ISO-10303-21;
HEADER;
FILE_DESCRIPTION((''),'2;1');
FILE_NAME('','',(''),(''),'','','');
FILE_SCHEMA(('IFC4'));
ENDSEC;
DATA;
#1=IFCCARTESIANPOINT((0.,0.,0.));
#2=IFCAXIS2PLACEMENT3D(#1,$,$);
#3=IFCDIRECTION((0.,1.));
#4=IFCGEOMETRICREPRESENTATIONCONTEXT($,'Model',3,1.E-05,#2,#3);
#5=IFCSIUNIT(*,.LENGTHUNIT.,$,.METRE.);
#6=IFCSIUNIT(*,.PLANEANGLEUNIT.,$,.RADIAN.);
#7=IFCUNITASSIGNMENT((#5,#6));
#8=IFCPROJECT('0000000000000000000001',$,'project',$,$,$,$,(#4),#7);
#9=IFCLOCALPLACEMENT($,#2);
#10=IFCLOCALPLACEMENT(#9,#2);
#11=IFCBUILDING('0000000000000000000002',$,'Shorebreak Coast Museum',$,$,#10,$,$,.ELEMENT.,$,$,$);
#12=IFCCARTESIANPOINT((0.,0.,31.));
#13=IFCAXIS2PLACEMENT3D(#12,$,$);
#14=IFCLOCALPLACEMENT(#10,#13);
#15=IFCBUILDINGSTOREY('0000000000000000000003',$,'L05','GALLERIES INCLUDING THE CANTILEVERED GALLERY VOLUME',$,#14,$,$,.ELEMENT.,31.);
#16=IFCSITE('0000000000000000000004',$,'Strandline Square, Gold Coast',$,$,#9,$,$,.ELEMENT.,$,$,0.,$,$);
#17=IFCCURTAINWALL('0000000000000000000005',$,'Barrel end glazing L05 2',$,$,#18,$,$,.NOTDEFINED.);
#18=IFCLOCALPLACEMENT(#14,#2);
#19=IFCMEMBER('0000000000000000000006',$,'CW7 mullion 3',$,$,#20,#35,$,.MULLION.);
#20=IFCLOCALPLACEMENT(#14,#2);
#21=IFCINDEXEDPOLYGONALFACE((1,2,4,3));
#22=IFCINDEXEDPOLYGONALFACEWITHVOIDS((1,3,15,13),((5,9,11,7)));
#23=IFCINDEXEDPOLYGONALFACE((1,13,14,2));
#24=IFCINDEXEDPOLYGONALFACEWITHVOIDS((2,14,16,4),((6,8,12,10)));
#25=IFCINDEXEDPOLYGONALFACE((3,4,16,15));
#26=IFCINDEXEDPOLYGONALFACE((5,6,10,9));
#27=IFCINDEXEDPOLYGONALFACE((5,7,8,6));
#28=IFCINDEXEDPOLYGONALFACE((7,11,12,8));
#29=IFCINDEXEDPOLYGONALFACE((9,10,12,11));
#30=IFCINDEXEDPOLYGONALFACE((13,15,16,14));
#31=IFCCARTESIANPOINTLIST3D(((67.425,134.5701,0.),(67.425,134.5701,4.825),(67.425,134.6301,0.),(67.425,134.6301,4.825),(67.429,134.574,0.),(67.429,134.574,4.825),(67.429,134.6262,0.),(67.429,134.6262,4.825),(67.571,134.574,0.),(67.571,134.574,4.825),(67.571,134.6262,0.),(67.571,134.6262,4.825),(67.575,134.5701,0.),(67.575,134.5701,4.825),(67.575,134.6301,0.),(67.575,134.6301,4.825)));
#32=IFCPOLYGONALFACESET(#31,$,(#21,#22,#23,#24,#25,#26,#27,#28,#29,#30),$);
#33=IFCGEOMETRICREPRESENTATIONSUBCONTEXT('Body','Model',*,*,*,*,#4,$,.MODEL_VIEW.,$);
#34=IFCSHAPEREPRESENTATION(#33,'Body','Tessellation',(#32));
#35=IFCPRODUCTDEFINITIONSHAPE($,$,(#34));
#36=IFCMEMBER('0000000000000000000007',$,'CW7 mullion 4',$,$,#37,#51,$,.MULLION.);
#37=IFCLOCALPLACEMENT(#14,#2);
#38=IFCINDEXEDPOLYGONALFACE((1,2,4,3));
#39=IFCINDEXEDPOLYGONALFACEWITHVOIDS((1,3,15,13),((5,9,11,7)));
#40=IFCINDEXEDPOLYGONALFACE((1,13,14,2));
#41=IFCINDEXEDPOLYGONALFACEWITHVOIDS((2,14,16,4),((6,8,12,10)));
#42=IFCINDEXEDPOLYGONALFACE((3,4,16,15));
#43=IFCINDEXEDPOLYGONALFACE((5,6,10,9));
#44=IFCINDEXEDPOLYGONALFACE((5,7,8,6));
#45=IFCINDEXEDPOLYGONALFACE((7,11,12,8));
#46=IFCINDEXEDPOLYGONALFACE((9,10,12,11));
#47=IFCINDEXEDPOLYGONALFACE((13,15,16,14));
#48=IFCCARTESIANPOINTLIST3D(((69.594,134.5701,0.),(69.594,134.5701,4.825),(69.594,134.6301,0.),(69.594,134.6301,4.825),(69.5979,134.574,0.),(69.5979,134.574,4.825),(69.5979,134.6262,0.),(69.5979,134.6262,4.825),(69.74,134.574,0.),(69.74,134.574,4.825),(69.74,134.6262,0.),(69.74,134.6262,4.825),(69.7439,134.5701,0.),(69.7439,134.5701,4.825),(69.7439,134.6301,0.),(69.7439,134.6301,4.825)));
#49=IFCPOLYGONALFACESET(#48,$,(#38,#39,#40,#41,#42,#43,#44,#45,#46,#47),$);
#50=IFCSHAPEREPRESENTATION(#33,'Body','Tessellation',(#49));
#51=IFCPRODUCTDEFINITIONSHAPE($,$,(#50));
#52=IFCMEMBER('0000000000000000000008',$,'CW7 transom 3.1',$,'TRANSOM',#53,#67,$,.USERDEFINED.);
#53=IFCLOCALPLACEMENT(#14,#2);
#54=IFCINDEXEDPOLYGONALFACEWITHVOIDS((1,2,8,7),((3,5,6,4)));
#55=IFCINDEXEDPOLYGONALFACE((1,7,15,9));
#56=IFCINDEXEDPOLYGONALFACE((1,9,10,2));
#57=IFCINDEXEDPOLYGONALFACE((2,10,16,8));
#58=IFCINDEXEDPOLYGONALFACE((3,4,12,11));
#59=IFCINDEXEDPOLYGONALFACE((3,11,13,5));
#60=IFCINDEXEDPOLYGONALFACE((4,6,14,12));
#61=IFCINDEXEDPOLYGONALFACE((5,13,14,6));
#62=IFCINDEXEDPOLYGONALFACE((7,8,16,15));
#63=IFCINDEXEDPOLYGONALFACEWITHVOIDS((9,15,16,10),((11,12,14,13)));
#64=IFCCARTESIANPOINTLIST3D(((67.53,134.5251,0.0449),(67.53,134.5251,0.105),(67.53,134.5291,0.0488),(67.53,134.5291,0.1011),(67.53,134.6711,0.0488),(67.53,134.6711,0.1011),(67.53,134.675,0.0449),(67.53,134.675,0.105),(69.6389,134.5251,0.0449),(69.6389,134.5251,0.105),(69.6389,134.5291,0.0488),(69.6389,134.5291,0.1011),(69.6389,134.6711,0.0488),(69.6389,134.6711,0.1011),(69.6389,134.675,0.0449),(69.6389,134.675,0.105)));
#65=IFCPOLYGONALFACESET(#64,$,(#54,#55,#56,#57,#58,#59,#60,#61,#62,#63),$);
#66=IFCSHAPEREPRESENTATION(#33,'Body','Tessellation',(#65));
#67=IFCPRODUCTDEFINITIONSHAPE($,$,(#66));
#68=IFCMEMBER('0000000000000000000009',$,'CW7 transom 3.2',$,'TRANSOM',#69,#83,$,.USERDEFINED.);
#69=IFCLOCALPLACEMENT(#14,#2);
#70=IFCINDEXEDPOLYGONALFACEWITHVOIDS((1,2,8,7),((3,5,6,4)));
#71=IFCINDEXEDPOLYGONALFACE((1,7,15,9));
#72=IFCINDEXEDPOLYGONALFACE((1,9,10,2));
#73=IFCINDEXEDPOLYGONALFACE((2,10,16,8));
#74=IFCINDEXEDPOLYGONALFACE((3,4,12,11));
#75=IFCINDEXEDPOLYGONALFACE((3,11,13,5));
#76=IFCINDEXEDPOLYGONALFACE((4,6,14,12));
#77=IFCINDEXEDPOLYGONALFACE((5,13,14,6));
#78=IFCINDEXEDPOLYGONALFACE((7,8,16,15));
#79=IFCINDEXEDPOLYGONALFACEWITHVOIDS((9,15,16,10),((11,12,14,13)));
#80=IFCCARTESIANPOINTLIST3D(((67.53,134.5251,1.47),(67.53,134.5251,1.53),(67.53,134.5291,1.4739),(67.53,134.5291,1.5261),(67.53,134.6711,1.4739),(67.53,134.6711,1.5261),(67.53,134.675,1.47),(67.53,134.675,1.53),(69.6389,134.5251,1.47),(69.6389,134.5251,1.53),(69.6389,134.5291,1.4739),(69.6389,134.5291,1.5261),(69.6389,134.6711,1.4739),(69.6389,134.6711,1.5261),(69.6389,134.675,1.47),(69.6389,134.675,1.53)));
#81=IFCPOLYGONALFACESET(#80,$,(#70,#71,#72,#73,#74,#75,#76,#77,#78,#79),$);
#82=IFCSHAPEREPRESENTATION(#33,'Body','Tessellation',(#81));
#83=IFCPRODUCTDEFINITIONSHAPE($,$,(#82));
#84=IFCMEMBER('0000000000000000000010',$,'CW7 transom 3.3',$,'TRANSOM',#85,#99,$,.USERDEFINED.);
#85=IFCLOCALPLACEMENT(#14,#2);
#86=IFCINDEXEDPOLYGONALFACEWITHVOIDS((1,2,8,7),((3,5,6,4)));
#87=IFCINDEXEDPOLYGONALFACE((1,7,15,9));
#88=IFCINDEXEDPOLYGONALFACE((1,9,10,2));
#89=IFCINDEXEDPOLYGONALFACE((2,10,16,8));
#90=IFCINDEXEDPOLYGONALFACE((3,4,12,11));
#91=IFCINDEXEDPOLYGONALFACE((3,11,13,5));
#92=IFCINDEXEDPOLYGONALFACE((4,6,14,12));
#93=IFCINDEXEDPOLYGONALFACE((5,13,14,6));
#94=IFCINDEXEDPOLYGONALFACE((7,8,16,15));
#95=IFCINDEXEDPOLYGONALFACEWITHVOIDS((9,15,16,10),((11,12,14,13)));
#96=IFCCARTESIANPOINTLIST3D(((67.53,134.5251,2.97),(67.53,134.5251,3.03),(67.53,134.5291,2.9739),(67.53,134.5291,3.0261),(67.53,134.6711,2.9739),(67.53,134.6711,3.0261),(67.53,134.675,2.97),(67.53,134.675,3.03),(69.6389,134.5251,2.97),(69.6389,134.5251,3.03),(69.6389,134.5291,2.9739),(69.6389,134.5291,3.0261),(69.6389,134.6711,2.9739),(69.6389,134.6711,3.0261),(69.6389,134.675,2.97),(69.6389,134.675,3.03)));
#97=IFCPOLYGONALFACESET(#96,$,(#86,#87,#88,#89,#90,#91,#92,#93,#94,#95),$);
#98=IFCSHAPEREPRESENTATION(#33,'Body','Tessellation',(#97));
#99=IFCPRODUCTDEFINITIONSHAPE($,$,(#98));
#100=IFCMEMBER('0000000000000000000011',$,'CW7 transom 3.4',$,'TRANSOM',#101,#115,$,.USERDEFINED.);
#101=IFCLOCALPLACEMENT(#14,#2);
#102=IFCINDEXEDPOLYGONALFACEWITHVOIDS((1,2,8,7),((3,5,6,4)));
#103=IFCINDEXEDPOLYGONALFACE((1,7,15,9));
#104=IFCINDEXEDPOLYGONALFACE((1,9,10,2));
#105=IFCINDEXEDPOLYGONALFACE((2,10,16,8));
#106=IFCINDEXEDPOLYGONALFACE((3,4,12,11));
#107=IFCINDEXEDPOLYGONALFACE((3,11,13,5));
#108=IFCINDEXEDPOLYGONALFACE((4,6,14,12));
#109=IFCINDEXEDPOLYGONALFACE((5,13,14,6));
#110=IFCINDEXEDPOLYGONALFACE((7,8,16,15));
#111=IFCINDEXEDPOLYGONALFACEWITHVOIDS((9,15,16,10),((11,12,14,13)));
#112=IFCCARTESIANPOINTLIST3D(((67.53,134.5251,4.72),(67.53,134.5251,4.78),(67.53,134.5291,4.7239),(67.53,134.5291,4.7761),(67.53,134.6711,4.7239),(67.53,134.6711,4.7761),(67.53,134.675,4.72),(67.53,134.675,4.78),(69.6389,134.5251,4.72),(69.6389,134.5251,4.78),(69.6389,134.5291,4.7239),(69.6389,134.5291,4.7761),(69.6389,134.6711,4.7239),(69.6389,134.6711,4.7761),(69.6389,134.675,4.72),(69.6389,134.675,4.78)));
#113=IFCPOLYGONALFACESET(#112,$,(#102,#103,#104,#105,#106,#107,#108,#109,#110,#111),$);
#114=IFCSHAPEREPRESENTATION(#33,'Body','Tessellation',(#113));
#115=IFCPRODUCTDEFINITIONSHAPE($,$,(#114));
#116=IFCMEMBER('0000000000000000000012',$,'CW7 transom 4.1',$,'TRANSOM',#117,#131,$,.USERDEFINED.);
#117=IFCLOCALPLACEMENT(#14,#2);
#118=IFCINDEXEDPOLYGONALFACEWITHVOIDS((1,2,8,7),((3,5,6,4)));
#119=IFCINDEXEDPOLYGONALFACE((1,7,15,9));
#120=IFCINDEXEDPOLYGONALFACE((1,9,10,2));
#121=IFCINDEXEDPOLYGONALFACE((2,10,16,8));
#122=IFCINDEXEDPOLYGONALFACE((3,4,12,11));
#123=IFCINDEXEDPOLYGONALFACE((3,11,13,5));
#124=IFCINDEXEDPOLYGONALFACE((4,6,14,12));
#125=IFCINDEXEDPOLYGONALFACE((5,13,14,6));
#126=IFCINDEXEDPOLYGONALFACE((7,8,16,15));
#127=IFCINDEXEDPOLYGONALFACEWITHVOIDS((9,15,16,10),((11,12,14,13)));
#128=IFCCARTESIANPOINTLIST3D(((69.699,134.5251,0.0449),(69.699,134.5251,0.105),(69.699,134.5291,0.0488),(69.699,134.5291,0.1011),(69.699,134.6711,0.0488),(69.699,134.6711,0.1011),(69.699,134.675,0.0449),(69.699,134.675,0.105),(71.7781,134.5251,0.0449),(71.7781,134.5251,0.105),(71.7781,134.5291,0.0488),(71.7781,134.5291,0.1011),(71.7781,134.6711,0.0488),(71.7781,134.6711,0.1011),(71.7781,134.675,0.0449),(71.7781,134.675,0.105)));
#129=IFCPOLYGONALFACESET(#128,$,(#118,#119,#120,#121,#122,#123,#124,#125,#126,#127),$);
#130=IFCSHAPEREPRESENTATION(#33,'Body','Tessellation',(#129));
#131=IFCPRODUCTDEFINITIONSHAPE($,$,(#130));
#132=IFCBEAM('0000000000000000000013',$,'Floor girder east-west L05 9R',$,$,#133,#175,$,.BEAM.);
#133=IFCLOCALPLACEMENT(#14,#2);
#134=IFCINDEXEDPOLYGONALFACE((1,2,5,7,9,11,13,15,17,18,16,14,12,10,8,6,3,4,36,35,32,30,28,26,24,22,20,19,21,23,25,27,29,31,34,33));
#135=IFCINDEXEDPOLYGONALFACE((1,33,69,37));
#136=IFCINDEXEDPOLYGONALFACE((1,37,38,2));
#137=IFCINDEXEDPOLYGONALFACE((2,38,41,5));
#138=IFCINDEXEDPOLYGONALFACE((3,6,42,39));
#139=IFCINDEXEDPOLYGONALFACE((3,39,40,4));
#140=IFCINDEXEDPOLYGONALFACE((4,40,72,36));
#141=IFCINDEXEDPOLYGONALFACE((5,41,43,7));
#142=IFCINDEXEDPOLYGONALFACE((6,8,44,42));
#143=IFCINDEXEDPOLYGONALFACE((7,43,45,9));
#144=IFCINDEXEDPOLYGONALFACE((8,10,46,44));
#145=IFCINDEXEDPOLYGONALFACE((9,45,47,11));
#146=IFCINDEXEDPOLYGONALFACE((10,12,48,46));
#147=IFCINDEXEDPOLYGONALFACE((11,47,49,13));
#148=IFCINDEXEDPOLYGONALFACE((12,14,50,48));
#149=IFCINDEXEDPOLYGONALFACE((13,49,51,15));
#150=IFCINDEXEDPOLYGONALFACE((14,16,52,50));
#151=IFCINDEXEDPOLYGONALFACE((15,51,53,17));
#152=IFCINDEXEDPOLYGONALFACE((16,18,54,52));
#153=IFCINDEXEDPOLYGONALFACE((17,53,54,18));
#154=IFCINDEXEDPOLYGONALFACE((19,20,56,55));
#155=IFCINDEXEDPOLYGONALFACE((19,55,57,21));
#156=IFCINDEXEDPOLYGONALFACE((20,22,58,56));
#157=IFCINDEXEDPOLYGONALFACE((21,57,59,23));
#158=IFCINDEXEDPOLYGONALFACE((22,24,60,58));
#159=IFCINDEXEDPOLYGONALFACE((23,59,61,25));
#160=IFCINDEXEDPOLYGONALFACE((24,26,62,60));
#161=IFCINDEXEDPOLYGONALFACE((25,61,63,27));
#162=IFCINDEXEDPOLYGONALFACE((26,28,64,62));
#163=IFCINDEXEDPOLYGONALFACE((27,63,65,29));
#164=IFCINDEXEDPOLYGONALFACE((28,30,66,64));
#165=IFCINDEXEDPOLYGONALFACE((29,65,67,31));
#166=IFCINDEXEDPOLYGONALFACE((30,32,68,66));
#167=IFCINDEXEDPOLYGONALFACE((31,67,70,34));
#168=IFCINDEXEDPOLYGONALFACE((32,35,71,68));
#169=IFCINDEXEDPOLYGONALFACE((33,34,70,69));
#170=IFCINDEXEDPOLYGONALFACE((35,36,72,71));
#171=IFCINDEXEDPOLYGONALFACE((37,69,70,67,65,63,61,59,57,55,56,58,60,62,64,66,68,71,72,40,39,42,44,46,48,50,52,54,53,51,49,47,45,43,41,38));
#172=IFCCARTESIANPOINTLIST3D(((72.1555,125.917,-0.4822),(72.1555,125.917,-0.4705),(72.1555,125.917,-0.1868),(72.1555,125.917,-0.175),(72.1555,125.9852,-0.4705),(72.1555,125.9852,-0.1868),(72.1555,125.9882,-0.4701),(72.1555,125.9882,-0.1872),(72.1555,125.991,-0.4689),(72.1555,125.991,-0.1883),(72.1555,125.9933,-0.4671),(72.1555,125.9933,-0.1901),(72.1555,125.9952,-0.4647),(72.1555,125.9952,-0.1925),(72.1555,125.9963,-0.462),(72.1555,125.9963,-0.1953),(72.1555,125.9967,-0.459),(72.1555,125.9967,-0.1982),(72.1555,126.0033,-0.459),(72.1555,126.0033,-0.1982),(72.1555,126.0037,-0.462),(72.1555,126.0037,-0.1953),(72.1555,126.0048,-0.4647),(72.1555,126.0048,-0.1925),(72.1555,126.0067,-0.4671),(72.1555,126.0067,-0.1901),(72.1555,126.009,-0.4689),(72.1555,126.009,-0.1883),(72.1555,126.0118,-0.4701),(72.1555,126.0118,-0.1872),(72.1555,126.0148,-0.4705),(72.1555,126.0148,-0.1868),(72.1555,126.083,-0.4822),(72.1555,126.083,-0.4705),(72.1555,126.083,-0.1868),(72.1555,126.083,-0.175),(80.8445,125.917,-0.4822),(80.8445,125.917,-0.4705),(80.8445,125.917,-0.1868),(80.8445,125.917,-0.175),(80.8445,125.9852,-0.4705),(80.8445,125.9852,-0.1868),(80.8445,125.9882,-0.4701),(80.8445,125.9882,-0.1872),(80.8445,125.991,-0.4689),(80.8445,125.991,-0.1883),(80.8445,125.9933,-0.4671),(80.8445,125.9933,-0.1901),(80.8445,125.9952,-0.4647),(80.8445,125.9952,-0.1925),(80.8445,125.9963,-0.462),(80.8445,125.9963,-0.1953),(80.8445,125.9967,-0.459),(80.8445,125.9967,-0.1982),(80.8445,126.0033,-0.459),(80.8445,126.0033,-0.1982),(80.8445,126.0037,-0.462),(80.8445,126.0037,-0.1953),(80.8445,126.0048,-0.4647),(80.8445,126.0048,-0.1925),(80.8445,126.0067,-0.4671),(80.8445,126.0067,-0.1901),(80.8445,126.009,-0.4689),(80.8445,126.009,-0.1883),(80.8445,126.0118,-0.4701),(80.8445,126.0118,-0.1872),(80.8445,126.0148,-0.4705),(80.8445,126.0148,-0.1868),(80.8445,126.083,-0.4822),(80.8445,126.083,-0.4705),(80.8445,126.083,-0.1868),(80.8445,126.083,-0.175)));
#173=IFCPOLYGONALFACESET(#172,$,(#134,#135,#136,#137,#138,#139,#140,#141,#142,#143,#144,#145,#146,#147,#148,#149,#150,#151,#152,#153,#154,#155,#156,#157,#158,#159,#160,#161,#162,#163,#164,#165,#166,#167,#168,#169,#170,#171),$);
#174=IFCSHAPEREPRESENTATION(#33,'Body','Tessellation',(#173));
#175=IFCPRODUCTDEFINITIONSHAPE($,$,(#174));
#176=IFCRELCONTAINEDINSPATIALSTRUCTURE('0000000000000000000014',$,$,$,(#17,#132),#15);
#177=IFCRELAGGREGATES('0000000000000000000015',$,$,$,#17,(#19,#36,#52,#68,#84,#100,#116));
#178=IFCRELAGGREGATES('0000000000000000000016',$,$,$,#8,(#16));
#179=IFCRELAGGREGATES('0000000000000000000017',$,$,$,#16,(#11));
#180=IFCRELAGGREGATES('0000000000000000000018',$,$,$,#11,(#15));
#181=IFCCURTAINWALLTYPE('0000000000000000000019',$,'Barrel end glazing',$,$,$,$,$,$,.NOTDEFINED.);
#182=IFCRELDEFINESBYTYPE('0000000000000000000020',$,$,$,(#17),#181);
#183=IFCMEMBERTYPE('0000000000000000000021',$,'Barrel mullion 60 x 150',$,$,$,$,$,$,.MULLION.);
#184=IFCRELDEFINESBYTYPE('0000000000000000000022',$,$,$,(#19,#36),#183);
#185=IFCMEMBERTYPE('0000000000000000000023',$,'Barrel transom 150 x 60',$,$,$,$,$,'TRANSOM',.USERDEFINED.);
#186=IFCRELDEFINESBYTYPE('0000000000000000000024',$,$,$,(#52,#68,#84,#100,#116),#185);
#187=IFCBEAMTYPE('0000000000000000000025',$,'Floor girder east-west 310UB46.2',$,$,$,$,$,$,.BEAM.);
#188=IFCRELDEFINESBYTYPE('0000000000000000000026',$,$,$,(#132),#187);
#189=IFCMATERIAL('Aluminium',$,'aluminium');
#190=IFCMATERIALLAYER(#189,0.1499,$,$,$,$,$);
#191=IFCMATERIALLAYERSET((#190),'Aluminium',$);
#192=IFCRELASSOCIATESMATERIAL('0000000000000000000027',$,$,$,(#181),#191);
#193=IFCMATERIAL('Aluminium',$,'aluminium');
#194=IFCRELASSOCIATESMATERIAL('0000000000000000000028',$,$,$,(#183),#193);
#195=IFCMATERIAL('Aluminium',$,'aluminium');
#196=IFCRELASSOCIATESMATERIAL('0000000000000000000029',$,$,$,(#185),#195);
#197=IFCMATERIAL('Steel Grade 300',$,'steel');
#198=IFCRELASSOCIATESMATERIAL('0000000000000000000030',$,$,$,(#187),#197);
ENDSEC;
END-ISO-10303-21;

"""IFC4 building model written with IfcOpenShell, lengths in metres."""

from ifc_helpers import new_model, si_unit, direction, frame, origin, origin_2d, place, context, subcontext, project, spatial, hollow_rectangle, i_section, extrude, material, layer, layer_set, material_profile, profile_set, type_object, element, aggregate, save


model = new_model("IFC4")

# Units and contexts
model_context = context("Model", 3, precision=1e-05, world=origin(), true_north=direction((0.0, 1.0)))
body_context = subcontext(model_context, "Body", "Model", "MODEL_VIEW")
ifc_project = project(units=[si_unit("LENGTHUNIT", "METRE"), si_unit("PLANEANGLEUNIT", "RADIAN")], contexts=[model_context])

# Site, building, storey
site_placement = place(None, origin())
site = spatial("IfcSite", under=ifc_project, at=site_placement, Name="Strandline Square, Gold Coast", CompositionType="ELEMENT", RefElevation=0.0)
building_placement = place(site_placement, origin())
building = spatial("IfcBuilding", under=site, at=building_placement, Name="Shorebreak Coast Museum", CompositionType="ELEMENT")
storey_placement = place(building_placement, frame((0.0, 0.0, 31.0)))
storey = spatial("IfcBuildingStorey", under=building, at=storey_placement, Name="L05", Description="GALLERIES INCLUDING THE CANTILEVERED GALLERY VOLUME", CompositionType="ELEMENT", Elevation=31.0)

# Curtain wall, members
ifc_material_1 = material(Name="Aluminium", Category="aluminium")
ifc_layer_1 = layer(ifc_material_1, 0.1499)
ifc_layer_set_1 = layer_set([ifc_layer_1], Name="Aluminium")
curtain_wall_type = type_object("IfcCurtainWallType", Name="Barrel end glazing", PredefinedType="NOTDEFINED", material=ifc_layer_set_1)
curtain_wall_placement = place(storey_placement, origin())
curtain_wall = element("IfcCurtainWall", 1, at=curtain_wall_placement, inside=storey, type_object=curtain_wall_type, Name="Barrel end glazing L05 2", PredefinedType="NOTDEFINED")
ifc_material_2 = material(Name="Aluminium", Category="aluminium")
ifc_material_profile_1 = material_profile(ifc_material_2, hollow_rectangle(XDim=0.0601, YDim=0.1499, WallThickness=0.0039, at=origin_2d()), Name="AL 150x60 RHS")
ifc_profile_set_1 = profile_set([ifc_material_profile_1], Name="Aluminium")
member_type_1 = type_object("IfcMemberType", Name="Barrel mullion 60 x 150", PredefinedType="MULLION", material=ifc_profile_set_1)
member_1_placement = place(storey_placement, frame((67.5, 134.6001, 0.0), z_axis=(0.0, 0.0, 1.0), x_axis=(0.0, 1.0, 0.0)))
member_1 = element("IfcMember", 2, at=member_1_placement, type_object=member_type_1, Name="CW7 mullion 3", PredefinedType="MULLION", context=body_context, shape_type="SweptSolid", body=[
    extrude(hollow_rectangle(XDim=0.0601, YDim=0.1499, WallThickness=0.0039, at=origin_2d()), origin(), (0.0, 0.0, 1.0), 4.825),
])
member_2_placement = place(storey_placement, frame((69.6689, 134.6001, 0.0), z_axis=(0.0, 0.0, 1.0), x_axis=(0.0, 1.0, 0.0)))
member_2 = element("IfcMember", 3, at=member_2_placement, type_object=member_type_1, Name="CW7 mullion 4", PredefinedType="MULLION", context=body_context, shape_type="SweptSolid", body=[
    extrude(hollow_rectangle(XDim=0.0601, YDim=0.1499, WallThickness=0.0039, at=origin_2d()), origin(), (0.0, 0.0, 1.0), 4.825),
])
ifc_material_3 = material(Name="Aluminium", Category="aluminium")
ifc_material_profile_2 = material_profile(ifc_material_3, hollow_rectangle(XDim=0.1499, YDim=0.0601, WallThickness=0.0039, at=origin_2d()), Name="AL 60x150 RHS")
ifc_profile_set_2 = profile_set([ifc_material_profile_2], Name="Aluminium")
member_type_2 = type_object("IfcMemberType", Name="Barrel transom 150 x 60", ElementType="TRANSOM", PredefinedType="USERDEFINED", material=ifc_profile_set_2)
member_3_placement = place(storey_placement, frame((67.53, 134.6001, 0.075), z_axis=(1.0, 0.0, 0.0), x_axis=(0.0, 1.0, 0.0)))
member_3 = element("IfcMember", 4, at=member_3_placement, type_object=member_type_2, Name="CW7 transom 3.1", ObjectType="TRANSOM", PredefinedType="USERDEFINED", context=body_context, shape_type="SweptSolid", body=[
    extrude(hollow_rectangle(XDim=0.1499, YDim=0.0601, WallThickness=0.0039, at=origin_2d()), origin(), (0.0, 0.0, 1.0), 2.1089),
])
member_4_placement = place(storey_placement, frame((67.53, 134.6001, 1.5), z_axis=(1.0, 0.0, 0.0), x_axis=(0.0, 1.0, 0.0)))
member_4 = element("IfcMember", 5, at=member_4_placement, type_object=member_type_2, Name="CW7 transom 3.2", ObjectType="TRANSOM", PredefinedType="USERDEFINED", context=body_context, shape_type="SweptSolid", body=[
    extrude(hollow_rectangle(XDim=0.1499, YDim=0.0601, WallThickness=0.0039, at=origin_2d()), origin(), (0.0, 0.0, 1.0), 2.1089),
])
member_5_placement = place(storey_placement, frame((67.53, 134.6001, 3.0), z_axis=(1.0, 0.0, 0.0), x_axis=(0.0, 1.0, 0.0)))
member_5 = element("IfcMember", 6, at=member_5_placement, type_object=member_type_2, Name="CW7 transom 3.3", ObjectType="TRANSOM", PredefinedType="USERDEFINED", context=body_context, shape_type="SweptSolid", body=[
    extrude(hollow_rectangle(XDim=0.1499, YDim=0.0601, WallThickness=0.0039, at=origin_2d()), origin(), (0.0, 0.0, 1.0), 2.1089),
])
member_6_placement = place(storey_placement, frame((67.53, 134.6001, 4.75), z_axis=(1.0, 0.0, 0.0), x_axis=(0.0, 1.0, 0.0)))
member_6 = element("IfcMember", 7, at=member_6_placement, type_object=member_type_2, Name="CW7 transom 3.4", ObjectType="TRANSOM", PredefinedType="USERDEFINED", context=body_context, shape_type="SweptSolid", body=[
    extrude(hollow_rectangle(XDim=0.1499, YDim=0.0601, WallThickness=0.0039, at=origin_2d()), origin(), (0.0, 0.0, 1.0), 2.1089),
])
member_7_placement = place(storey_placement, frame((69.699, 134.6001, 0.075), z_axis=(1.0, 0.0, 0.0), x_axis=(0.0, 1.0, 0.0)))
member_7 = element("IfcMember", 8, at=member_7_placement, type_object=member_type_2, Name="CW7 transom 4.1", ObjectType="TRANSOM", PredefinedType="USERDEFINED", context=body_context, shape_type="SweptSolid", body=[
    extrude(hollow_rectangle(XDim=0.1499, YDim=0.0601, WallThickness=0.0039, at=origin_2d()), origin(), (0.0, 0.0, 1.0), 2.0791),
])

# Beam
ifc_material_4 = material(Name="Steel Grade 300", Category="steel")
ifc_material_profile_3 = material_profile(ifc_material_4, i_section(OverallWidth=0.166, OverallDepth=0.3071, WebThickness=0.0066, FlangeThickness=0.0117, FilletRadius=0.0115, at=origin_2d()), Name="310UB46.2")
ifc_profile_set_3 = profile_set([ifc_material_profile_3], Name="Steel Grade 300")
beam_type_1 = type_object("IfcBeamType", Name="Floor girder east-west 310UB46.2", PredefinedType="BEAM", material=ifc_profile_set_3)
for number, where, z_axis, x_axis, name in (
    (9, (72.1555, 126.0, -0.3286), (1.0, 0.0, 0.0), (0.0, 1.0, 0.0), "Floor girder east-west L05 9R"),
):
    element("IfcBeam", number, at=place(storey_placement, frame(where, z_axis=z_axis, x_axis=x_axis)), inside=storey, type_object=beam_type_1, Name=name, PredefinedType="BEAM", context=body_context, shape_type="SweptSolid", body=[
        extrude(i_section(OverallWidth=0.166, OverallDepth=0.3071, WebThickness=0.0066, FlangeThickness=0.0117, FilletRadius=0.0115, at=origin_2d()), origin(), (0.0, 0.0, 1.0), 8.689),
    ])

aggregate(curtain_wall, [member_1, member_2, member_3, member_4, member_5, member_6, member_7])

save(model, "model.ifc")
